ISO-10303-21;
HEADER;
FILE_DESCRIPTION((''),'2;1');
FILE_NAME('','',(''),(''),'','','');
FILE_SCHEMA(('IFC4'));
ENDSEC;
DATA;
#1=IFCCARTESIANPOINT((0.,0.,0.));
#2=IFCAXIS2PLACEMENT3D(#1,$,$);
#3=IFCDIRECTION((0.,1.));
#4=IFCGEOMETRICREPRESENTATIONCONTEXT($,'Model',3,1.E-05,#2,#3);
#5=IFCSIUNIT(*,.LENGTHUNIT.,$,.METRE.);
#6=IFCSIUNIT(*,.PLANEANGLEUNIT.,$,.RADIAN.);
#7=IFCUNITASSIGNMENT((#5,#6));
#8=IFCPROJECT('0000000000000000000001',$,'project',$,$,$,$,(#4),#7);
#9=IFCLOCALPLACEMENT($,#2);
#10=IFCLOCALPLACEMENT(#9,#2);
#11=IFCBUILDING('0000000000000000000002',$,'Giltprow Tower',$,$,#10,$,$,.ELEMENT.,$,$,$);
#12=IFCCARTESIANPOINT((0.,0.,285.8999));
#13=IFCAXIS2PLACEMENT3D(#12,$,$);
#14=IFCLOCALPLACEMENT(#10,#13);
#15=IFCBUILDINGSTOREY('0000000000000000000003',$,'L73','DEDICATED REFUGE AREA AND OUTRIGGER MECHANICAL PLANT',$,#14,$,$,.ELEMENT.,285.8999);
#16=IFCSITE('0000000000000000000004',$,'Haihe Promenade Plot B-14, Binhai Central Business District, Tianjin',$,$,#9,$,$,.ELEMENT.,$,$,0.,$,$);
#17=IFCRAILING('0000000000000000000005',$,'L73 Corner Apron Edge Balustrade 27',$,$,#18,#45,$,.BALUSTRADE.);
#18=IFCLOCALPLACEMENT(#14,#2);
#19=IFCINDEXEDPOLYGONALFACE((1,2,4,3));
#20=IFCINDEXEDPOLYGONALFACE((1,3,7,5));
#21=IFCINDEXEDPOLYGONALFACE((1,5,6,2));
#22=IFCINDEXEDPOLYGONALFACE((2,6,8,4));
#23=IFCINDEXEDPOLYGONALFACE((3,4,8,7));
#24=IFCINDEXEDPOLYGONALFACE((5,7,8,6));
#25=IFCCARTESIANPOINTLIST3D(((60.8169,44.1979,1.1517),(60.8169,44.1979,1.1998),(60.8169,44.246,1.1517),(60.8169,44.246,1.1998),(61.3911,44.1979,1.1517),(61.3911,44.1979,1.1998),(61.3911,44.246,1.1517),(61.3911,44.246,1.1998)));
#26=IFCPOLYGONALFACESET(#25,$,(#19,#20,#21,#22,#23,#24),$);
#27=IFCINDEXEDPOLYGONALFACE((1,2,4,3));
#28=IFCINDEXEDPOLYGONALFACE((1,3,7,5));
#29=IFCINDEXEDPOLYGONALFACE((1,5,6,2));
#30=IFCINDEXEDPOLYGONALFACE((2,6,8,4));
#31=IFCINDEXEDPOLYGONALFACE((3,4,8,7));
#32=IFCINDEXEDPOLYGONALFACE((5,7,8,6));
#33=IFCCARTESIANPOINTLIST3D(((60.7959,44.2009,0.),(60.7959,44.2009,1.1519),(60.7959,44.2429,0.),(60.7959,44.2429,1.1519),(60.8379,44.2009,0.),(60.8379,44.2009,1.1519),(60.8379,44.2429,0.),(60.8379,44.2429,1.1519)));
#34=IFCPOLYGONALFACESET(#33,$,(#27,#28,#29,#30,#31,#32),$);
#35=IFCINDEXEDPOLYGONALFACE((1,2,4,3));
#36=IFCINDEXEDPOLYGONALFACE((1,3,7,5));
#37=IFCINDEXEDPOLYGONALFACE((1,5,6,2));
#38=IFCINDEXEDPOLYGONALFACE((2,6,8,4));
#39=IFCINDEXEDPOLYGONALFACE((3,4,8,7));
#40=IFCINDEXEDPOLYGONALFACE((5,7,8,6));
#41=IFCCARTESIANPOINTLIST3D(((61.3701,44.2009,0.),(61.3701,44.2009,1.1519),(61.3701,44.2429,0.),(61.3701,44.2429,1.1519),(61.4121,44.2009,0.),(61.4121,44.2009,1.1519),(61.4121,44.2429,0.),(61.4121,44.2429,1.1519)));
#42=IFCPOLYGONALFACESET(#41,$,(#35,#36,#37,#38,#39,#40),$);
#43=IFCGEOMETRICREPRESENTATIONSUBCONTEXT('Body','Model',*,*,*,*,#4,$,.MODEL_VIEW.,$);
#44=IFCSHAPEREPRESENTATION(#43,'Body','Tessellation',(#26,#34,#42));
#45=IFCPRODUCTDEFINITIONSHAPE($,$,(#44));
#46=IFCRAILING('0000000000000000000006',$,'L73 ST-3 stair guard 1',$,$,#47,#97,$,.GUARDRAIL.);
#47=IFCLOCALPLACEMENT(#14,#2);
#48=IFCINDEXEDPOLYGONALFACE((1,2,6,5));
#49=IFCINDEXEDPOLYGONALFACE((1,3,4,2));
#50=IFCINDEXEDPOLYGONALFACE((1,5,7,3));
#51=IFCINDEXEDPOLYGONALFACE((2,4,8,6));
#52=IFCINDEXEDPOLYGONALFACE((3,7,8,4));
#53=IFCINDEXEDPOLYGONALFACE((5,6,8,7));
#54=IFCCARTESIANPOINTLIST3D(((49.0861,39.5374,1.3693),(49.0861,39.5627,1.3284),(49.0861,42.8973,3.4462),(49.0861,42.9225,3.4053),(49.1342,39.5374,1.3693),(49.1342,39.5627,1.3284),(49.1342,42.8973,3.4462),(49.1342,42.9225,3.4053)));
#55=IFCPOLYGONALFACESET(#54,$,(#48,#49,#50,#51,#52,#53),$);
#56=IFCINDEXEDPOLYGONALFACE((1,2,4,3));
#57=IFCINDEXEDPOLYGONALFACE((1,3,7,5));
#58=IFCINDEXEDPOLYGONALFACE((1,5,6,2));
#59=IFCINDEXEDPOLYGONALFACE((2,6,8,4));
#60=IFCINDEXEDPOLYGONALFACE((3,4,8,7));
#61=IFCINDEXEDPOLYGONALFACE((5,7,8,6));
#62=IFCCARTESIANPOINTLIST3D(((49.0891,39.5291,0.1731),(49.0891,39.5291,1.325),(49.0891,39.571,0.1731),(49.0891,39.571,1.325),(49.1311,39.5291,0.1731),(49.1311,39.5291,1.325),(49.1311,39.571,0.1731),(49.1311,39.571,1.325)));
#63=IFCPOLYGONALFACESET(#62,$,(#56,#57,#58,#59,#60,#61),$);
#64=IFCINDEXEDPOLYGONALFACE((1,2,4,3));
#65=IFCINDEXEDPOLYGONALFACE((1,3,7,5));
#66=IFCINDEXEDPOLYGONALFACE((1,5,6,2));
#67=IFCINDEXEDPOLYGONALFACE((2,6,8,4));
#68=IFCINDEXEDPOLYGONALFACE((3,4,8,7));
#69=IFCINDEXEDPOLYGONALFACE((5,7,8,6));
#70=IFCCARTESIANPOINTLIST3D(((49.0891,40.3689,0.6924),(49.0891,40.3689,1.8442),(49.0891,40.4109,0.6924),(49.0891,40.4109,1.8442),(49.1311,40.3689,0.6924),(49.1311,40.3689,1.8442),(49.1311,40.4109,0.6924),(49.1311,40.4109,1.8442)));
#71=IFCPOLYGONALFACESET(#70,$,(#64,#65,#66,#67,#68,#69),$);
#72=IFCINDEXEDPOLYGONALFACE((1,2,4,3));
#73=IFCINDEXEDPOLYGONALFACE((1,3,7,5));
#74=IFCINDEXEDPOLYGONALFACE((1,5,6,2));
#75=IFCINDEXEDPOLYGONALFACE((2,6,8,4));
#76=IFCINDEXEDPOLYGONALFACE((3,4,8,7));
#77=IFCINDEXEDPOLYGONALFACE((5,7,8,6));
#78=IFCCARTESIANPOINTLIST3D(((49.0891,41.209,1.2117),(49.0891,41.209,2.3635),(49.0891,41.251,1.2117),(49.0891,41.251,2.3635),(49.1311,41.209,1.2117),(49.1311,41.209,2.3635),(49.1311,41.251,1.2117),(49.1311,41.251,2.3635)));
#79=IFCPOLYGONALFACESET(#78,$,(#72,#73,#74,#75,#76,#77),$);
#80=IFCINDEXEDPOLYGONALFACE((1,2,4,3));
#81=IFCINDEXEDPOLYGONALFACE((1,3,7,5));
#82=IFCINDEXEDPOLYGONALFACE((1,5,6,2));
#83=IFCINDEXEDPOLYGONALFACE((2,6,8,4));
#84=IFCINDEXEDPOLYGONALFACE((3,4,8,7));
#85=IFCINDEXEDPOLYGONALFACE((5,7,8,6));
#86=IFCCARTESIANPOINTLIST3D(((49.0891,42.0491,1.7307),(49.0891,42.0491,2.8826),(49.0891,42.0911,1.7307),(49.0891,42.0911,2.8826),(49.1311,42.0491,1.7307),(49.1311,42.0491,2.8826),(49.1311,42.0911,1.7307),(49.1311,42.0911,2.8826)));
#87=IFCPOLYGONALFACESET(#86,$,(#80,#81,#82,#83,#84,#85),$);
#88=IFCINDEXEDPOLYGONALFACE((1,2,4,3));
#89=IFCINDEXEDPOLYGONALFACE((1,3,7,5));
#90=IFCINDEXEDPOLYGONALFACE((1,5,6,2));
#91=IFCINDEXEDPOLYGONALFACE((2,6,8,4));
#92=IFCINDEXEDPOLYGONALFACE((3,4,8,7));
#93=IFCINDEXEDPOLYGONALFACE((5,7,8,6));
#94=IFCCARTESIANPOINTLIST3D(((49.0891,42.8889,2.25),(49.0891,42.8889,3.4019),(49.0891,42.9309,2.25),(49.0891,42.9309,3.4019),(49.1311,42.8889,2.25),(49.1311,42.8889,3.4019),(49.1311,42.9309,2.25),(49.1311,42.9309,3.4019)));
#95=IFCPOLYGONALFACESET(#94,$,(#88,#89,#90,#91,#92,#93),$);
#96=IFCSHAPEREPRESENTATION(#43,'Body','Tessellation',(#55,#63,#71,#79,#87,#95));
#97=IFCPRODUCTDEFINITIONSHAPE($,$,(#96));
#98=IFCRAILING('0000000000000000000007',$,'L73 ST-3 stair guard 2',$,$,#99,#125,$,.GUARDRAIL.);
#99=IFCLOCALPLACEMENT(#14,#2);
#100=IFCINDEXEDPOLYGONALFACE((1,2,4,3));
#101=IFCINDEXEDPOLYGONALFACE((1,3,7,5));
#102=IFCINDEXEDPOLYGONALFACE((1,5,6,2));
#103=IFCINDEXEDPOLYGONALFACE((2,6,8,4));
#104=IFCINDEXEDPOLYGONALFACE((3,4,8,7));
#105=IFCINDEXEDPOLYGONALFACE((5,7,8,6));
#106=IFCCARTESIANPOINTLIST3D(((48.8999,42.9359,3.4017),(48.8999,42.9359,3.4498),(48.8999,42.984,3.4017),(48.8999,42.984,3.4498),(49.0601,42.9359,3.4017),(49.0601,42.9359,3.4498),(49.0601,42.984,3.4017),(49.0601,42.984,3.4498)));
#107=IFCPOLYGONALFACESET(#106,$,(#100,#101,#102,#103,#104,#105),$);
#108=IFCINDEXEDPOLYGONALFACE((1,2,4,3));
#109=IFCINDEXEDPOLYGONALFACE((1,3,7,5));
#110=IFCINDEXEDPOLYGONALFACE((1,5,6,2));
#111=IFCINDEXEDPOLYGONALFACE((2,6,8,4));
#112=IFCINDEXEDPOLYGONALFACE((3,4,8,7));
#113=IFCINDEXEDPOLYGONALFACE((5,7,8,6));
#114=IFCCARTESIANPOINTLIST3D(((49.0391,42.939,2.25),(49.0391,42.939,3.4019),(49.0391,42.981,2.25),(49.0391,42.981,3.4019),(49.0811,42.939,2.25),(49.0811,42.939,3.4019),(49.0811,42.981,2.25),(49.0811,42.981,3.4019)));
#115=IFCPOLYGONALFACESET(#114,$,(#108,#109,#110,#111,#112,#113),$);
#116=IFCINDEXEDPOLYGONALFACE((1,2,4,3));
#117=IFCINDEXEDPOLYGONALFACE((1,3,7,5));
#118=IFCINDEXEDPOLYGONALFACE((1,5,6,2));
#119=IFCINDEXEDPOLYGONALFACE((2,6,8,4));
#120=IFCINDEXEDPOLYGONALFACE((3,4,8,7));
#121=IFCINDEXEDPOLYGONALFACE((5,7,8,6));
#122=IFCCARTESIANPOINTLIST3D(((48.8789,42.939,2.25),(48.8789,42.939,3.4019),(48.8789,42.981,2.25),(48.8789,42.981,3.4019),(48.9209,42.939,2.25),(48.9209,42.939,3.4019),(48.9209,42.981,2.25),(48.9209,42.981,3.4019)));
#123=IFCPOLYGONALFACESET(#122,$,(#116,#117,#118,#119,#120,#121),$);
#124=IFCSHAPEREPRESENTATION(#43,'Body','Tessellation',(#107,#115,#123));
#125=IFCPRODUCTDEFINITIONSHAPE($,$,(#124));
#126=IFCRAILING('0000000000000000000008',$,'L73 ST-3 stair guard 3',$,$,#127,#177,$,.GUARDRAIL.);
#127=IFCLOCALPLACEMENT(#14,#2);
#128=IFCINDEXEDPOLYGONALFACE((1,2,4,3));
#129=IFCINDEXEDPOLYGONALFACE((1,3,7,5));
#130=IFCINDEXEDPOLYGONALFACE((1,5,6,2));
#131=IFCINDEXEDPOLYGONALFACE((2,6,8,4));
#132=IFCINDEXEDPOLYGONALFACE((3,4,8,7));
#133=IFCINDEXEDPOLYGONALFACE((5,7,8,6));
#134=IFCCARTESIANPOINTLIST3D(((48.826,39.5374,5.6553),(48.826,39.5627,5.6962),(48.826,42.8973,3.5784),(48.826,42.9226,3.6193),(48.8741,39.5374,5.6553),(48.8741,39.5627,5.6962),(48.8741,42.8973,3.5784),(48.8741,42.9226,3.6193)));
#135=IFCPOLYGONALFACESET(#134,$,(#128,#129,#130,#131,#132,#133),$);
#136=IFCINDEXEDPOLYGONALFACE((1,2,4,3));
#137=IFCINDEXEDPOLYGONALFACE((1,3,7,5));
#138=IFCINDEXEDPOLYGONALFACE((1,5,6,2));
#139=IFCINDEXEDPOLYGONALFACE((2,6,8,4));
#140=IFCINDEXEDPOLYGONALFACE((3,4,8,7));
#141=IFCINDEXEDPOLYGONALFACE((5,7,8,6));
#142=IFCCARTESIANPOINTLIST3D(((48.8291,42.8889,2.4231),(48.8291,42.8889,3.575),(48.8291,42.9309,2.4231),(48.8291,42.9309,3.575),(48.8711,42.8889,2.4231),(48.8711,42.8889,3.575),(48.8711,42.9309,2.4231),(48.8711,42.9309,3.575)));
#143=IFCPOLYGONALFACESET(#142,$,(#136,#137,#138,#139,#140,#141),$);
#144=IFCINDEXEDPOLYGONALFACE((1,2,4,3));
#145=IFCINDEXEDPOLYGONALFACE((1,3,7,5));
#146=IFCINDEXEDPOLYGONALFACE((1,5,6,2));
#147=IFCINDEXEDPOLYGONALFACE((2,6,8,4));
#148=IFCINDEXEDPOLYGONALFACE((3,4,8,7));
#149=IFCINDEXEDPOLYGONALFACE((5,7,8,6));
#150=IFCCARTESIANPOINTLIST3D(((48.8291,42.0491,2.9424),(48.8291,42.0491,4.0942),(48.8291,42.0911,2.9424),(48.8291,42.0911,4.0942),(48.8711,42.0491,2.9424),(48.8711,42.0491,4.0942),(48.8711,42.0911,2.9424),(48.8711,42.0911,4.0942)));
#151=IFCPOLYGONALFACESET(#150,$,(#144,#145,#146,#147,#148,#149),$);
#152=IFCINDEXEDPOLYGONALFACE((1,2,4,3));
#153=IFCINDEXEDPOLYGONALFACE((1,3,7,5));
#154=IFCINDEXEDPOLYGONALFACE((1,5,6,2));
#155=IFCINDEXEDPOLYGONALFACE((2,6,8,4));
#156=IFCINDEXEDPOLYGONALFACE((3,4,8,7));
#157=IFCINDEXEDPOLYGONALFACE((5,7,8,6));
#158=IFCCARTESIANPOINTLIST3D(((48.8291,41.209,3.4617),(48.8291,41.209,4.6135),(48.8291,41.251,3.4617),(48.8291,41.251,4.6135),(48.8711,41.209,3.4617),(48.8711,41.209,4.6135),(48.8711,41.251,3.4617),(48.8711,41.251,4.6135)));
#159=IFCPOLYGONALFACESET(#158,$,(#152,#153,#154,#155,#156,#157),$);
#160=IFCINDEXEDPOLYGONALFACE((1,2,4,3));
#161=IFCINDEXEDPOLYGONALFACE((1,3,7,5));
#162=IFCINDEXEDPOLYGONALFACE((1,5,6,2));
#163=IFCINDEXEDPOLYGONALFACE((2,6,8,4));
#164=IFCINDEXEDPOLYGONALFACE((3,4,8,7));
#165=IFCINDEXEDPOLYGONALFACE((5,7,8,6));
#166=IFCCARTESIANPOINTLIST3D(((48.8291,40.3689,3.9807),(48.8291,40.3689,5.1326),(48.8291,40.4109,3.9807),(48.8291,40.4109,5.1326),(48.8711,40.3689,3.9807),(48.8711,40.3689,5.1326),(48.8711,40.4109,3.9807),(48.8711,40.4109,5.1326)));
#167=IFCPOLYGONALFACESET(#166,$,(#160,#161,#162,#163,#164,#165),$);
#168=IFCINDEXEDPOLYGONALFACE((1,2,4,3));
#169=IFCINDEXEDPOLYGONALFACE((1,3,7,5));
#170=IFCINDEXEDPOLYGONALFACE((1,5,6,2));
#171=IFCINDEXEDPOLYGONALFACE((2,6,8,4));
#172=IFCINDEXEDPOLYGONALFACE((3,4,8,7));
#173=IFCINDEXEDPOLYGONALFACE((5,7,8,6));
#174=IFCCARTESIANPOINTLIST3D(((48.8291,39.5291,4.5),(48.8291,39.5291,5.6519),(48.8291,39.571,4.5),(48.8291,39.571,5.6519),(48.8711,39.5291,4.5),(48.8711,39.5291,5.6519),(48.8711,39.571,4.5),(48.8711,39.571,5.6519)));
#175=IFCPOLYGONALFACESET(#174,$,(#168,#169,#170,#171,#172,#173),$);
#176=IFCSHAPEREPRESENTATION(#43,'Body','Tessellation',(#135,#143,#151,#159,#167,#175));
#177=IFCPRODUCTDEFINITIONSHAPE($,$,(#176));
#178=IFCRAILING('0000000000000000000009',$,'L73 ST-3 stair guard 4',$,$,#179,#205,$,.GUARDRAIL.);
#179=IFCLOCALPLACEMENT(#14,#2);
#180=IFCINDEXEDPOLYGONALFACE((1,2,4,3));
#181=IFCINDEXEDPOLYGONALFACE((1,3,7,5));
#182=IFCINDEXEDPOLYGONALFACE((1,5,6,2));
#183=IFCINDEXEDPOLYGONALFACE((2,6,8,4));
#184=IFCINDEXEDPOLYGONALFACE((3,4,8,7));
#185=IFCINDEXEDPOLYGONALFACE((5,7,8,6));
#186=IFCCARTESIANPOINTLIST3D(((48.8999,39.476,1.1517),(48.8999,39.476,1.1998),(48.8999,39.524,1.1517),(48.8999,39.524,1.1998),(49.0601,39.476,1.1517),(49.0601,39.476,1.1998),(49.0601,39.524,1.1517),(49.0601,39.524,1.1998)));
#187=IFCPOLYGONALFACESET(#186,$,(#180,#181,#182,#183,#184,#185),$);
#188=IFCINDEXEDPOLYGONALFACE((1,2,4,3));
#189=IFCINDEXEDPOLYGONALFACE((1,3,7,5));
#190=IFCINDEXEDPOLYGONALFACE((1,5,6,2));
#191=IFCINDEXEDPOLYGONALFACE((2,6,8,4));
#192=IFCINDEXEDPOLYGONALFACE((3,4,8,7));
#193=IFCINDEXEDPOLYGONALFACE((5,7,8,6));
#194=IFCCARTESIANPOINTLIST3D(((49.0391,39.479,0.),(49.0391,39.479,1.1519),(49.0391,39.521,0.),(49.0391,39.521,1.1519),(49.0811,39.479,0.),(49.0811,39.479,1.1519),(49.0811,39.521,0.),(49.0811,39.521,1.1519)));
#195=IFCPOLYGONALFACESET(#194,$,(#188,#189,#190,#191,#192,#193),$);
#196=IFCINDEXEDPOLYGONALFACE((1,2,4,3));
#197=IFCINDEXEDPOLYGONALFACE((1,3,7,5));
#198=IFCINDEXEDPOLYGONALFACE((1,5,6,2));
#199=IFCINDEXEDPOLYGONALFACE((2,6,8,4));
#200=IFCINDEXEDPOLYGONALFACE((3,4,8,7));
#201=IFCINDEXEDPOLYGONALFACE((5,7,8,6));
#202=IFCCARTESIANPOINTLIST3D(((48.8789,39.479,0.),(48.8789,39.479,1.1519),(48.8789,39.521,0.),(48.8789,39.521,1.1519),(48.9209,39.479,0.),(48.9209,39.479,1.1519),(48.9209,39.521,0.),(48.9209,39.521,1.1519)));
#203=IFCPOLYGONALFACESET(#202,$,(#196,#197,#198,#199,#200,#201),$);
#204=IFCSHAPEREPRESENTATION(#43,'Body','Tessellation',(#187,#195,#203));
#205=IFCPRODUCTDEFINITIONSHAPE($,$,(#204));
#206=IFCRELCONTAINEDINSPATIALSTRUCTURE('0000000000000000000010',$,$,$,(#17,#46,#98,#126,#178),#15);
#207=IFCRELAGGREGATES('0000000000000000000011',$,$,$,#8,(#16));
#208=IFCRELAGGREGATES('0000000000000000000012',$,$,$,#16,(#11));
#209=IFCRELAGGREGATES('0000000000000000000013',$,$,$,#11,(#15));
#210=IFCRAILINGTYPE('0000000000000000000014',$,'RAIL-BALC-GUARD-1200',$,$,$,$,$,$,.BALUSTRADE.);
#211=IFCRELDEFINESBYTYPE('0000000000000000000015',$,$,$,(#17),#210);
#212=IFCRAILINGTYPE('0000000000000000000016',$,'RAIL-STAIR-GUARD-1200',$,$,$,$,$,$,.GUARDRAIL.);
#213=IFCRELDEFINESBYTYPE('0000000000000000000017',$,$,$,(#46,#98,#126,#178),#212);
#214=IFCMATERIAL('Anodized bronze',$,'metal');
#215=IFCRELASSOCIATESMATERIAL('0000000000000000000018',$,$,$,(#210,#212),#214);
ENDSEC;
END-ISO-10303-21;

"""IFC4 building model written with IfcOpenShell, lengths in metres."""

from ifc_helpers import new_model, si_unit, direction, frame, origin, origin_2d, place, context, subcontext, project, spatial, rectangle, extrude, material, type_object, element, save


model = new_model("IFC4")

# Units and contexts
model_context = context("Model", 3, precision=1e-05, world=origin(), true_north=direction((0.0, 1.0)))
body_context = subcontext(model_context, "Body", "Model", "MODEL_VIEW")
ifc_project = project(units=[si_unit("LENGTHUNIT", "METRE"), si_unit("PLANEANGLEUNIT", "RADIAN")], contexts=[model_context])

# Site, building, storey
site_placement = place(None, origin())
site = spatial("IfcSite", under=ifc_project, at=site_placement, Name="Haihe Promenade Plot B-14, Binhai Central Business District, Tianjin", CompositionType="ELEMENT", RefElevation=0.0)
building_placement = place(site_placement, origin())
building = spatial("IfcBuilding", under=site, at=building_placement, Name="Giltprow Tower", CompositionType="ELEMENT")
storey_placement = place(building_placement, frame((0.0, 0.0, 285.8999)))
storey = spatial("IfcBuildingStorey", under=building, at=storey_placement, Name="L73", Description="DEDICATED REFUGE AREA AND OUTRIGGER MECHANICAL PLANT", CompositionType="ELEMENT", Elevation=285.8999)

# Railings
ifc_material_1 = material(Name="Anodized bronze", Category="metal")
railing_type_1 = type_object("IfcRailingType", Name="RAIL-BALC-GUARD-1200", PredefinedType="BALUSTRADE", material=ifc_material_1)
railing_1_placement = place(storey_placement, frame((60.8169, 44.2219, 0.0)))
element("IfcRailing", 1, at=railing_1_placement, inside=storey, type_object=railing_type_1, Name="L73 Corner Apron Edge Balustrade 27", PredefinedType="BALUSTRADE", context=body_context, shape_type="SweptSolid", body=[
    extrude(rectangle(XDim=0.0481, YDim=0.0481, at=origin_2d()), frame((0.0, 0.0, 1.1758), z_axis=(1.0, 0.0, 0.0), x_axis=(0.0, 1.0, 0.0)), (0.0, 0.0, 1.0), 0.5742),
    extrude(rectangle(XDim=0.042, YDim=0.042, at=origin_2d()), origin(), (0.0, 0.0, 1.0), 1.1519),
    extrude(rectangle(XDim=0.042, YDim=0.042, at=origin_2d()), frame((0.5742, 0.0, 0.0)), (0.0, 0.0, 1.0), 1.1519),
])
railing_type_2 = type_object("IfcRailingType", Name="RAIL-STAIR-GUARD-1200", PredefinedType="GUARDRAIL", material=ifc_material_1)
railing_2_placement = place(storey_placement, frame((49.1101, 39.55, 0.1731)))
element("IfcRailing", 2, at=railing_2_placement, inside=storey, type_object=railing_type_2, Name="L73 ST-3 stair guard 1", PredefinedType="GUARDRAIL", context=body_context, shape_type="SweptSolid", body=[
    extrude(rectangle(XDim=0.0481, YDim=0.0481, at=origin_2d()), frame((0.0, 0.0, 1.1758), z_axis=(0.0, 0.850606, 0.525803), x_axis=(-1.0, 0.0, 0.0)), (0.0, 0.0, 1.0), 3.95),
    extrude(rectangle(XDim=0.042, YDim=0.042, at=origin_2d()), origin(), (0.0, 0.0, 1.0), 1.1519),
    extrude(rectangle(XDim=0.042, YDim=0.042, at=origin_2d()), frame((0.0, 0.8398, 0.5193)), (0.0, 0.0, 1.0), 1.1519),
    extrude(rectangle(XDim=0.042, YDim=0.042, at=origin_2d()), frame((0.0, 1.6799, 1.0386)), (0.0, 0.0, 1.0), 1.1519),
    extrude(rectangle(XDim=0.042, YDim=0.042, at=origin_2d()), frame((0.0, 2.52, 1.5576)), (0.0, 0.0, 1.0), 1.1519),
    extrude(rectangle(XDim=0.042, YDim=0.042, at=origin_2d()), frame((0.0, 3.3599, 2.0769)), (0.0, 0.0, 1.0), 1.1519),
])
railing_3_placement = place(storey_placement, frame((49.0601, 42.96, 2.25)))
element("IfcRailing", 3, at=railing_3_placement, inside=storey, type_object=railing_type_2, Name="L73 ST-3 stair guard 2", PredefinedType="GUARDRAIL", context=body_context, shape_type="SweptSolid", body=[
    extrude(rectangle(XDim=0.0481, YDim=0.0481, at=origin_2d()), frame((0.0, 0.0, 1.1758), z_axis=(-1.0, 0.0, 0.0), x_axis=(0.0, -1.0, 0.0)), (0.0, 0.0, 1.0), 0.1602),
    extrude(rectangle(XDim=0.042, YDim=0.042, at=origin_2d()), origin(), (0.0, 0.0, 1.0), 1.1519),
    extrude(rectangle(XDim=0.042, YDim=0.042, at=origin_2d()), frame((-0.1602, 0.0, 0.0)), (0.0, 0.0, 1.0), 1.1519),
])
railing_4_placement = place(storey_placement, frame((48.8501, 42.9099, 2.4231)))
element("IfcRailing", 4, at=railing_4_placement, inside=storey, type_object=railing_type_2, Name="L73 ST-3 stair guard 3", PredefinedType="GUARDRAIL", context=body_context, shape_type="SweptSolid", body=[
    extrude(rectangle(XDim=0.0481, YDim=0.0481, at=origin_2d()), frame((0.0, 0.0, 1.1758), z_axis=(0.0, -0.850606, 0.525803), x_axis=(1.0, 0.0, 0.0)), (0.0, 0.0, 1.0), 3.95),
    extrude(rectangle(XDim=0.042, YDim=0.042, at=origin_2d()), origin(), (0.0, 0.0, 1.0), 1.1519),
    extrude(rectangle(XDim=0.042, YDim=0.042, at=origin_2d()), frame((0.0, -0.8398, 0.5193)), (0.0, 0.0, 1.0), 1.1519),
    extrude(rectangle(XDim=0.042, YDim=0.042, at=origin_2d()), frame((0.0, -1.6799, 1.0386)), (0.0, 0.0, 1.0), 1.1519),
    extrude(rectangle(XDim=0.042, YDim=0.042, at=origin_2d()), frame((0.0, -2.52, 1.5576)), (0.0, 0.0, 1.0), 1.1519),
    extrude(rectangle(XDim=0.042, YDim=0.042, at=origin_2d()), frame((0.0, -3.3599, 2.0769)), (0.0, 0.0, 1.0), 1.1519),
])
railing_5_placement = place(storey_placement, frame((49.0601, 39.5, 0.0)))
element("IfcRailing", 5, at=railing_5_placement, inside=storey, type_object=railing_type_2, Name="L73 ST-3 stair guard 4", PredefinedType="GUARDRAIL", context=body_context, shape_type="SweptSolid", body=[
    extrude(rectangle(XDim=0.0481, YDim=0.0481, at=origin_2d()), frame((0.0, 0.0, 1.1758), z_axis=(-1.0, 0.0, 0.0), x_axis=(0.0, -1.0, 0.0)), (0.0, 0.0, 1.0), 0.1602),
    extrude(rectangle(XDim=0.042, YDim=0.042, at=origin_2d()), origin(), (0.0, 0.0, 1.0), 1.1519),
    extrude(rectangle(XDim=0.042, YDim=0.042, at=origin_2d()), frame((-0.1602, 0.0, 0.0)), (0.0, 0.0, 1.0), 1.1519),
])

save(model, "model.ifc")
